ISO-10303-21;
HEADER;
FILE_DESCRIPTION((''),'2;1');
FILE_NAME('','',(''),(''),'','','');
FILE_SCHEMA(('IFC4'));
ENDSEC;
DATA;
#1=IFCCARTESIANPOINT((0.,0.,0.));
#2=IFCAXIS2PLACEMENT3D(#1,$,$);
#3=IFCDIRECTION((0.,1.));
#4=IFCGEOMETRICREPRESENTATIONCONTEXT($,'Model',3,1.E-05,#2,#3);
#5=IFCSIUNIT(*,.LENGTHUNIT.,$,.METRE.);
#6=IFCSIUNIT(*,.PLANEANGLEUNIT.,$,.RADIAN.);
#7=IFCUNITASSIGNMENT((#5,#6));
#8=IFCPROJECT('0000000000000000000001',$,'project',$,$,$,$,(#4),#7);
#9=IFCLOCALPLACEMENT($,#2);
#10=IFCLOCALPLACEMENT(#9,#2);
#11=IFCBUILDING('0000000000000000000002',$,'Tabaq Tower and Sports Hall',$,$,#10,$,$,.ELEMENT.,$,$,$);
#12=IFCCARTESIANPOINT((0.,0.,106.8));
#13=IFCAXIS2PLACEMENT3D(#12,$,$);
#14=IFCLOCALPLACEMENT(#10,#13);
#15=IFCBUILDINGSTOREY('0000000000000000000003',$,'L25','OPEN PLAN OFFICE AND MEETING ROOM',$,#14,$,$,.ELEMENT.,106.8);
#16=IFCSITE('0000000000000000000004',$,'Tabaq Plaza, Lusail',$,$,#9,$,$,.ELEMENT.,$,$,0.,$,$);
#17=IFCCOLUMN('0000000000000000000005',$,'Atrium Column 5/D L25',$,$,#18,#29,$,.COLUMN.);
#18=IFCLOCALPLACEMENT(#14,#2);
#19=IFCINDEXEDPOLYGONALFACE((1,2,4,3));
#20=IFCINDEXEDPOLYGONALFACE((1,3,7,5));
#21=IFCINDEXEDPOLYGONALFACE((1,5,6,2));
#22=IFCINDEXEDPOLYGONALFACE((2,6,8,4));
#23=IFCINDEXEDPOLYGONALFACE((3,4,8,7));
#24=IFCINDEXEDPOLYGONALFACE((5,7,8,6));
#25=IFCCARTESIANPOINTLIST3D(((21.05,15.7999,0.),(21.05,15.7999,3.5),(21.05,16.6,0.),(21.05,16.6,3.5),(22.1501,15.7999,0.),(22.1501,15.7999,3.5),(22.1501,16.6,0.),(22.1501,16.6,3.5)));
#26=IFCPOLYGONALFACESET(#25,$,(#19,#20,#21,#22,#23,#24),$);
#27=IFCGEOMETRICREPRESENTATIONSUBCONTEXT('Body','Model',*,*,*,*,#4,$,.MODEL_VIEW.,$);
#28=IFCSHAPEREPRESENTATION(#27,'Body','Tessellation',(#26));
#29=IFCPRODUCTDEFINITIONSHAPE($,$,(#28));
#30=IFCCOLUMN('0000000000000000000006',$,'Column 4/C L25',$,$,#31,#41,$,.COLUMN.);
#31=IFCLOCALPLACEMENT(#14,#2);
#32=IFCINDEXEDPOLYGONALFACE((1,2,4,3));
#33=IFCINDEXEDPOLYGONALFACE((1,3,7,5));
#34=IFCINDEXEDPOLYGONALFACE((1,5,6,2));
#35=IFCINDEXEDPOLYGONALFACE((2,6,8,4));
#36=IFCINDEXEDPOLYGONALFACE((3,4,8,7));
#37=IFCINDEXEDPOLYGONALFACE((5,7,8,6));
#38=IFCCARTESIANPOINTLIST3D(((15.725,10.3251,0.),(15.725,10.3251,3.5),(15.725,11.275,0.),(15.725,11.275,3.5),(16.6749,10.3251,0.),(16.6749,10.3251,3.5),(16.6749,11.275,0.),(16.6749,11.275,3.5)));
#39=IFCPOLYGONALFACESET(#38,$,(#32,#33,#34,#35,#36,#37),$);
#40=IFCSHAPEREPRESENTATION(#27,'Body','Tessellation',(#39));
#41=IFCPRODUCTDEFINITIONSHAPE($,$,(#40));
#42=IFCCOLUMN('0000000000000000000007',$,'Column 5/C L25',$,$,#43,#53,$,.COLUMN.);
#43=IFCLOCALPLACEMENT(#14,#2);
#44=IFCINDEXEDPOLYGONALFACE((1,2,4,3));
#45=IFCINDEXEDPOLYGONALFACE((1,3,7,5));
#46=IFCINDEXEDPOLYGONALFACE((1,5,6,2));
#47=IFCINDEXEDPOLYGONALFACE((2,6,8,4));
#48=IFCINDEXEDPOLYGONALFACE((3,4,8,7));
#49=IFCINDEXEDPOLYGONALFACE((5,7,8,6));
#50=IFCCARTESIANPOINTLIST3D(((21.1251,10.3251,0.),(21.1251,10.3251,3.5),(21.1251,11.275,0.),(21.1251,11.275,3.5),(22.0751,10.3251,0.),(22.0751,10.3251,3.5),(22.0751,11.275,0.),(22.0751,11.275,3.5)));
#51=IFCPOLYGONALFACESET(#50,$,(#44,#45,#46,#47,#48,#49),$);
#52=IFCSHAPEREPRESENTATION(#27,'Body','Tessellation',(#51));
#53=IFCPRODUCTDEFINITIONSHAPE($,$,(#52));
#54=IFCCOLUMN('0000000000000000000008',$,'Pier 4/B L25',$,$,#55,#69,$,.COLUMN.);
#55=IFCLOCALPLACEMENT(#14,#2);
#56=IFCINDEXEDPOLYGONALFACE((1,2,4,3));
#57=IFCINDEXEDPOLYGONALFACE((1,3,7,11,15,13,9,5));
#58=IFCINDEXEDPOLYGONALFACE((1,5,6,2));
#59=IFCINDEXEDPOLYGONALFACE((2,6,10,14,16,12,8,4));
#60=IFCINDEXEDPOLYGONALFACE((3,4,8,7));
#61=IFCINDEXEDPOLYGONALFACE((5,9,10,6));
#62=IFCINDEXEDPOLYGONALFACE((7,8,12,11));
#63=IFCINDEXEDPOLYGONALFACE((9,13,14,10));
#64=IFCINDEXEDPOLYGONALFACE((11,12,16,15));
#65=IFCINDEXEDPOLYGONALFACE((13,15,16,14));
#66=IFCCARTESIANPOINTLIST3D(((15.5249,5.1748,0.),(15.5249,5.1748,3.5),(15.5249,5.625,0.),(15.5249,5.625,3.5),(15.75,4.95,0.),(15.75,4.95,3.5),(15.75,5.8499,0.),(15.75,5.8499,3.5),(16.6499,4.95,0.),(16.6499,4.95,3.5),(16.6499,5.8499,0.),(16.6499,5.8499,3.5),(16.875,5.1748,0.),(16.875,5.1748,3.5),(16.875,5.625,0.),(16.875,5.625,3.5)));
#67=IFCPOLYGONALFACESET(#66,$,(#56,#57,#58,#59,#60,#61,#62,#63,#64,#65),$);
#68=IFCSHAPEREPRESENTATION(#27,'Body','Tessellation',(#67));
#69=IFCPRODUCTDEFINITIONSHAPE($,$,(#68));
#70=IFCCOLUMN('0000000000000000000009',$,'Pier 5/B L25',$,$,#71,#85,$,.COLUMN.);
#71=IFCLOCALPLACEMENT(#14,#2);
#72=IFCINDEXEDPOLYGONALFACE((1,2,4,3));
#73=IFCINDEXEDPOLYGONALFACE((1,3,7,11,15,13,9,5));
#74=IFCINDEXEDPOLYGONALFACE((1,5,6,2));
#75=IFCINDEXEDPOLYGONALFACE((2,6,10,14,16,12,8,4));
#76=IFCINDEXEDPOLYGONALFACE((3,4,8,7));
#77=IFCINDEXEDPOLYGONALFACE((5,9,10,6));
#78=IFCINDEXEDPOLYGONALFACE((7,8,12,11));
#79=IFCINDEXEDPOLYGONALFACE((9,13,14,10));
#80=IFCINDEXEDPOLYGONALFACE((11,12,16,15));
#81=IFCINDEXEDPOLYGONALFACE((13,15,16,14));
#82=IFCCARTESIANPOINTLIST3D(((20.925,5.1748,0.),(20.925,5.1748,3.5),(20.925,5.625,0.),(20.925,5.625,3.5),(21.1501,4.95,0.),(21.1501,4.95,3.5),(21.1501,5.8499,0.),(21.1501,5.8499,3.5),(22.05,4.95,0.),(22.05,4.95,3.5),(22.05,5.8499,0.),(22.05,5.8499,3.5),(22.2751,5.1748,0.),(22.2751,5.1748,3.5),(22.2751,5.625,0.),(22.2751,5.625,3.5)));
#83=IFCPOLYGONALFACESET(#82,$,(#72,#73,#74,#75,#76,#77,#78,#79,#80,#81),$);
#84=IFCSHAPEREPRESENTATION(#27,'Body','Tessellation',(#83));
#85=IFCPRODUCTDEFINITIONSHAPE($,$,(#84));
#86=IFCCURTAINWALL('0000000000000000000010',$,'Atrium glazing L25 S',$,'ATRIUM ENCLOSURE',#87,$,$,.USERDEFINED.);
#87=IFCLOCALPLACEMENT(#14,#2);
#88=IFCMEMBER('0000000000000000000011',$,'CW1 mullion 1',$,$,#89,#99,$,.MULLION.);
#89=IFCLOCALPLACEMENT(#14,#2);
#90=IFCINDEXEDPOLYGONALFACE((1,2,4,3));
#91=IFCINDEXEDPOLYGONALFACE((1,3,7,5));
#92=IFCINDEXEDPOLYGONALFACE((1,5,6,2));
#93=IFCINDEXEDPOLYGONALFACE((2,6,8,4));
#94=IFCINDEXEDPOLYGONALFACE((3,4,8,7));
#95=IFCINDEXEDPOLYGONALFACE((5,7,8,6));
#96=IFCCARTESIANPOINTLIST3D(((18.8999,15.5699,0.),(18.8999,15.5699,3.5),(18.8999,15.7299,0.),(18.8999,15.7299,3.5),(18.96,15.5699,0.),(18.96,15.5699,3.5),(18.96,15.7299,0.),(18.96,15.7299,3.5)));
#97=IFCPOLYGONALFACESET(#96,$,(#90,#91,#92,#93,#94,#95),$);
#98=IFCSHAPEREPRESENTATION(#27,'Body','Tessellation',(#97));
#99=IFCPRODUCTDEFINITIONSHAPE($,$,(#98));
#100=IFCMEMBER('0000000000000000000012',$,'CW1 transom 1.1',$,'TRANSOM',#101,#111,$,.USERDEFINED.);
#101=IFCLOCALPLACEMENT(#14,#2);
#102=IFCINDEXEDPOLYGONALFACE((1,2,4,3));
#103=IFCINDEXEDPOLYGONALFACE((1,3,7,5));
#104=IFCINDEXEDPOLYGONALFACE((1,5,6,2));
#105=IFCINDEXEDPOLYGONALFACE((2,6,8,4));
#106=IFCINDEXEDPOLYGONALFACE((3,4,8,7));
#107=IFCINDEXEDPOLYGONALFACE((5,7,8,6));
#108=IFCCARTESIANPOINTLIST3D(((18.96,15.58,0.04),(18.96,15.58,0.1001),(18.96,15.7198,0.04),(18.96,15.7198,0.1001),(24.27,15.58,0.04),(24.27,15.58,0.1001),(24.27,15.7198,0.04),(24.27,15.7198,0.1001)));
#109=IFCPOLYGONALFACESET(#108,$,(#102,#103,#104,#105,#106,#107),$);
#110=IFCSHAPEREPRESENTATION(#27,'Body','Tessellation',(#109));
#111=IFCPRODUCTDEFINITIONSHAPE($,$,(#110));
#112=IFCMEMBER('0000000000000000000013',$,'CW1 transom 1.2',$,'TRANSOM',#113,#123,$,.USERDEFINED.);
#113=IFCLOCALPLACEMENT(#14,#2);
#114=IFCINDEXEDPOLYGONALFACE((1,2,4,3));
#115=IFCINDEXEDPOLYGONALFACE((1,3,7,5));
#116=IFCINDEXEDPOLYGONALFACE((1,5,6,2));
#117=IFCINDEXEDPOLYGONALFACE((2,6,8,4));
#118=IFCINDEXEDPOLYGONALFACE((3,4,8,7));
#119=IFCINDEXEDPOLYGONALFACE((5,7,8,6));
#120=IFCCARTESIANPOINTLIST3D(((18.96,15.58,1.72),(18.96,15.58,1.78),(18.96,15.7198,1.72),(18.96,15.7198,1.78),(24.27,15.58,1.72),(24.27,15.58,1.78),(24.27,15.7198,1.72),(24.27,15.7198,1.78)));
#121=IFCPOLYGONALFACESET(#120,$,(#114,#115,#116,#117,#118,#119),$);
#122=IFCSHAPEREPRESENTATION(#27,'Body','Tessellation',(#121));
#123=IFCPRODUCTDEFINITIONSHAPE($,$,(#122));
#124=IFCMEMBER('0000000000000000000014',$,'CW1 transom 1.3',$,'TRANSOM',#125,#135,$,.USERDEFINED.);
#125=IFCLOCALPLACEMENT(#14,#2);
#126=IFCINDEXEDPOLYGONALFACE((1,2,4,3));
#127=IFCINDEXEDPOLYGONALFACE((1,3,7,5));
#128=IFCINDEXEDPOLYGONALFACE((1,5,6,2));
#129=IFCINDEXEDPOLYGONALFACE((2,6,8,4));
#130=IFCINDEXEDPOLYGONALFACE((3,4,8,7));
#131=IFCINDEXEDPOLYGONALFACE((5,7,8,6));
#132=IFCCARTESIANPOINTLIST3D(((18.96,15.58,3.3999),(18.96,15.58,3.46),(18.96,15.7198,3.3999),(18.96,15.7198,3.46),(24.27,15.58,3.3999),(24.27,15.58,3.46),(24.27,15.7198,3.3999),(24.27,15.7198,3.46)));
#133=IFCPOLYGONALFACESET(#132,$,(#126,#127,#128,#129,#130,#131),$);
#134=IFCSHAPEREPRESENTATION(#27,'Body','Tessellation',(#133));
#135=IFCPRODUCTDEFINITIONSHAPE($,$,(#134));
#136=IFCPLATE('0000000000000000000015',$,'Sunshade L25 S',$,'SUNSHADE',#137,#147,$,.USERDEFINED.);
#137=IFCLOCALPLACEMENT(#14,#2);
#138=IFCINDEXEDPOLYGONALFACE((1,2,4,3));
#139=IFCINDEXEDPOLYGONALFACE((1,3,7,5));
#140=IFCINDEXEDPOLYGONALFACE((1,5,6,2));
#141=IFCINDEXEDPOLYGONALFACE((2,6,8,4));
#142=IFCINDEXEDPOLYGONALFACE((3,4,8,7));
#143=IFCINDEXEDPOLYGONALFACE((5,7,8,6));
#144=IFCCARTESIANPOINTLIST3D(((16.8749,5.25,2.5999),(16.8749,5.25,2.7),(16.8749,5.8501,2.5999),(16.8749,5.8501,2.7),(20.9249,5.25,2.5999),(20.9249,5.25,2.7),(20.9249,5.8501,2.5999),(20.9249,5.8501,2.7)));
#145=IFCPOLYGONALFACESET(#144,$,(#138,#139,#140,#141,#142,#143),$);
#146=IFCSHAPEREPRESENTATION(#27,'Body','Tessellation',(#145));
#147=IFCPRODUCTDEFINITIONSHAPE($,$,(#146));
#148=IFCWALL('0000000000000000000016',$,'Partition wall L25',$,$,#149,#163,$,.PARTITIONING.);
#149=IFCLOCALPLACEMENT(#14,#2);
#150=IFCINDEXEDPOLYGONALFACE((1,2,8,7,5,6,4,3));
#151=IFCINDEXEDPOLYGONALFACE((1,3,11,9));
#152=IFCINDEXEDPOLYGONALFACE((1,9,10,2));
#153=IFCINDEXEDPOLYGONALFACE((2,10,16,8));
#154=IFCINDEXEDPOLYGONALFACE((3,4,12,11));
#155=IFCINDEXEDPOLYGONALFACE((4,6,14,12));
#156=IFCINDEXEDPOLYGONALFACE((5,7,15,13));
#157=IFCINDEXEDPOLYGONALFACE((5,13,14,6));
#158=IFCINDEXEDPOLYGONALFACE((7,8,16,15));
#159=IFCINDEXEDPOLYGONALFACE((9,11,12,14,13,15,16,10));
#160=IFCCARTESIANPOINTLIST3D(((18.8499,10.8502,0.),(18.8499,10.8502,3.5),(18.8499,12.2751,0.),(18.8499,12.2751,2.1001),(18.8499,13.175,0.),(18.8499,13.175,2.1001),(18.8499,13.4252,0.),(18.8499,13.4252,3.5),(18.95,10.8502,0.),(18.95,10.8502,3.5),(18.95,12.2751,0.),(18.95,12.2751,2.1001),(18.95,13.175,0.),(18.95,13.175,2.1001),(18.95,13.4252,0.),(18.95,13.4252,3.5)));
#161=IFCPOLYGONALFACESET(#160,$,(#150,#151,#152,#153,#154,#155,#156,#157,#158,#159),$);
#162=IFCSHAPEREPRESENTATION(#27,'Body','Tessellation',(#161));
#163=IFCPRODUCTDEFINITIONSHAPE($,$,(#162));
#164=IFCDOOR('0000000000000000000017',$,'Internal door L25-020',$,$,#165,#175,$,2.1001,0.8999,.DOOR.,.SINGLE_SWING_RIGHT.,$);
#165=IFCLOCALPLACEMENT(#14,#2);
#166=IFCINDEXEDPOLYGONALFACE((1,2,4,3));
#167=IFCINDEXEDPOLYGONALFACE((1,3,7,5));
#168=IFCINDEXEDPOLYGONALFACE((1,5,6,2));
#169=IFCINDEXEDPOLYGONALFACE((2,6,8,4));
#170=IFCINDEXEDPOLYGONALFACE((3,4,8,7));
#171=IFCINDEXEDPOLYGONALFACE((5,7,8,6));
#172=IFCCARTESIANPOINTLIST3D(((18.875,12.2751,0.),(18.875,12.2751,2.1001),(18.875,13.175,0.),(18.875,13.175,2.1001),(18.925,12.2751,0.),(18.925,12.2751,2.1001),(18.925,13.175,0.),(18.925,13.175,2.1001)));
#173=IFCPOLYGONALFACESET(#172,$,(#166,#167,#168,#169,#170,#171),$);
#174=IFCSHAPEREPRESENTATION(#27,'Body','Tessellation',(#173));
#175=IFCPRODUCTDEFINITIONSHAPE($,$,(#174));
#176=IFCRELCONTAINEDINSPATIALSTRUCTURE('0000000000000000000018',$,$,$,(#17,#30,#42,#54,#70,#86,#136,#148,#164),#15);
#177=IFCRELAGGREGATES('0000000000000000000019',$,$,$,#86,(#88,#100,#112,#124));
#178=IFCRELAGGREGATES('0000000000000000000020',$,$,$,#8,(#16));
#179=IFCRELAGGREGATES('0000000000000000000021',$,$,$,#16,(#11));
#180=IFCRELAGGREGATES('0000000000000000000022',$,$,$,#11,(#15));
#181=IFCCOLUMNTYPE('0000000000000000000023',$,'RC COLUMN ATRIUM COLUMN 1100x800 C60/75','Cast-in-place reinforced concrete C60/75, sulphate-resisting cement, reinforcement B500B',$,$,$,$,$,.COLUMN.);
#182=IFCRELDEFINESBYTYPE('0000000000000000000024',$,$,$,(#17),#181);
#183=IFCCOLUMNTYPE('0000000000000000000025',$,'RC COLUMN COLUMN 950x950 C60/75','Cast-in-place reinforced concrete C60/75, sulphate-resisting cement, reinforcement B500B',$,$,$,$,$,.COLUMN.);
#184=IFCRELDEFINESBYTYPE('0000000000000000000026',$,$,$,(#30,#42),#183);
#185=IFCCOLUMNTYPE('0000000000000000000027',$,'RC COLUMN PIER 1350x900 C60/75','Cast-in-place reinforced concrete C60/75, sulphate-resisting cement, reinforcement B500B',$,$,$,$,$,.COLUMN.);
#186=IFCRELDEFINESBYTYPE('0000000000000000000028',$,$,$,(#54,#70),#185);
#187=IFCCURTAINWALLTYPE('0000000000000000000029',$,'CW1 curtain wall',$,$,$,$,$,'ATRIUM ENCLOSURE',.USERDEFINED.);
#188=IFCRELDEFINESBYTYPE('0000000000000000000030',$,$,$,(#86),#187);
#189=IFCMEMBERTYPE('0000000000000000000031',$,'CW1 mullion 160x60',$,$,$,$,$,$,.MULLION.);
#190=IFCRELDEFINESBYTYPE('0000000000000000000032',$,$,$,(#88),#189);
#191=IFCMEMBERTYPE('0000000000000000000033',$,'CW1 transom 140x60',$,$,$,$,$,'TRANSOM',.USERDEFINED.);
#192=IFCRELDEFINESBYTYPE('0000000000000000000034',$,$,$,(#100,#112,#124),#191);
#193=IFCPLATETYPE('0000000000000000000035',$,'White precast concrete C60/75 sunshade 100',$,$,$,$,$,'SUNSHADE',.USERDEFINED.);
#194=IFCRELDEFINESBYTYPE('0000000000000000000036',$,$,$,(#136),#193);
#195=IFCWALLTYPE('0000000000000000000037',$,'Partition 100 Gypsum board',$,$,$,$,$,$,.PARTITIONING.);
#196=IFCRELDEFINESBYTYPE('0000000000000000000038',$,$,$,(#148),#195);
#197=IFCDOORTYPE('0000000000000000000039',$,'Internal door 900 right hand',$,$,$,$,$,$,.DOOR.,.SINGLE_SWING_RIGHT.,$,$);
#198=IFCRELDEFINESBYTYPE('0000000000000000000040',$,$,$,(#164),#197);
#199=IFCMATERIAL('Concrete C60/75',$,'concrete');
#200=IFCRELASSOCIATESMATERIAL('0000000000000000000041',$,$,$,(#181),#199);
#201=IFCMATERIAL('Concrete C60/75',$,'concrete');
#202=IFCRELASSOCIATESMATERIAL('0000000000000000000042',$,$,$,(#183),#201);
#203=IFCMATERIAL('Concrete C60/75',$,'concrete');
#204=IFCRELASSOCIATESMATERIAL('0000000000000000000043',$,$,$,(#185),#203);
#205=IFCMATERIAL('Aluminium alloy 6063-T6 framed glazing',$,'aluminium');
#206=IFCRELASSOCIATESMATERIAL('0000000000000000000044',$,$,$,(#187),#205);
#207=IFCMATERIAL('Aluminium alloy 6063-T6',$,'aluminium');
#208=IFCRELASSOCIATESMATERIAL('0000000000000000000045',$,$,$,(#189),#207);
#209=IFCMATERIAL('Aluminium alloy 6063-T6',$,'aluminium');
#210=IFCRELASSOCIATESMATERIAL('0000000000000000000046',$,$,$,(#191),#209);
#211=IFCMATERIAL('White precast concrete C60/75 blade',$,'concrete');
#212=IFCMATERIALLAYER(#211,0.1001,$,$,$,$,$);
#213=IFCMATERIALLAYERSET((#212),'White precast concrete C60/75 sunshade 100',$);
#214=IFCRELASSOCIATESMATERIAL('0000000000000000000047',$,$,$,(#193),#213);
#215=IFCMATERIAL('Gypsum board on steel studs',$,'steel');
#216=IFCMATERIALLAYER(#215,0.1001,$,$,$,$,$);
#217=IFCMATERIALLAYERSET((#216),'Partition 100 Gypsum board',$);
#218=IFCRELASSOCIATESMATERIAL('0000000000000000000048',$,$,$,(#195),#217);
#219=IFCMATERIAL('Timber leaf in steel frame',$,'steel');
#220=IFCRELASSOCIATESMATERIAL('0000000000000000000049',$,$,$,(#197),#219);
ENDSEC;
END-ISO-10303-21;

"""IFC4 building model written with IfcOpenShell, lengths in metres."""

from ifc_helpers import new_model, si_unit, direction, frame, frame_2d, origin, origin_2d, place, context, subcontext, project, spatial, polyline, rectangle, outline, extrude, material, layer, layer_set, material_profile, profile_set, type_object, element, fill, aggregate, save


model = new_model("IFC4")

# Units and contexts
model_context = context("Model", 3, precision=1e-05, world=origin(), true_north=direction((0.0, 1.0)))
body_context = subcontext(model_context, "Body", "Model", "MODEL_VIEW")
ifc_project = project(units=[si_unit("LENGTHUNIT", "METRE"), si_unit("PLANEANGLEUNIT", "RADIAN")], contexts=[model_context])

# Site, building, storey
site_placement = place(None, origin())
site = spatial("IfcSite", under=ifc_project, at=site_placement, Name="Tabaq Plaza, Lusail", CompositionType="ELEMENT", RefElevation=0.0)
building_placement = place(site_placement, origin())
building = spatial("IfcBuilding", under=site, at=building_placement, Name="Tabaq Tower and Sports Hall", CompositionType="ELEMENT")
storey_placement = place(building_placement, frame((0.0, 0.0, 106.8)))
storey = spatial("IfcBuildingStorey", under=building, at=storey_placement, Name="L25", Description="OPEN PLAN OFFICE AND MEETING ROOM", CompositionType="ELEMENT", Elevation=106.8)

# Columns
ifc_material_1 = material(Name="Concrete C60/75", Category="concrete")
ifc_material_profile_1 = material_profile(ifc_material_1, rectangle(XDim=1.1001, YDim=0.8, at=origin_2d()), Name="ATRIUM COLUMN 1100x800")
ifc_profile_set_1 = profile_set([ifc_material_profile_1], Name="Concrete C60/75")
column_type_1 = type_object("IfcColumnType", Name="RC COLUMN ATRIUM COLUMN 1100x800 C60/75", Description="Cast-in-place reinforced concrete C60/75, sulphate-resisting cement, reinforcement B500B", PredefinedType="COLUMN", material=ifc_profile_set_1)
column_placement = place(storey_placement, frame((21.6001, 16.2, 0.0), z_axis=(0.0, 0.0, 1.0), x_axis=(1.0, 0.0, 0.0)))
element("IfcColumn", 1, at=column_placement, inside=storey, type_object=column_type_1, Name="Atrium Column 5/D L25", PredefinedType="COLUMN", context=body_context, shape_type="SweptSolid", body=[
    extrude(rectangle(XDim=1.1001, YDim=0.8, at=origin_2d()), origin(), (0.0, 0.0, 1.0), 3.5),
])
ifc_material_2 = material(Name="Concrete C60/75", Category="concrete")
ifc_material_profile_2 = material_profile(ifc_material_2, rectangle(XDim=0.95, YDim=0.95, at=origin_2d()), Name="COLUMN 950x950")
ifc_profile_set_2 = profile_set([ifc_material_profile_2], Name="Concrete C60/75")
column_type_2 = type_object("IfcColumnType", Name="RC COLUMN COLUMN 950x950 C60/75", Description="Cast-in-place reinforced concrete C60/75, sulphate-resisting cement, reinforcement B500B", PredefinedType="COLUMN", material=ifc_profile_set_2)
for number, where, z_axis, x_axis, name in (
    (2, (16.2, 10.8, 0.0), (0.0, 0.0, 1.0), (1.0, 0.0, 0.0), "Column 4/C L25"),
    (3, (21.6001, 10.8, 0.0), (0.0, 0.0, 1.0), (1.0, 0.0, 0.0), "Column 5/C L25"),
):
    element("IfcColumn", number, at=place(storey_placement, frame(where, z_axis=z_axis, x_axis=x_axis)), inside=storey, type_object=column_type_2, Name=name, PredefinedType="COLUMN", context=body_context, shape_type="SweptSolid", body=[
        extrude(rectangle(XDim=0.95, YDim=0.95, at=origin_2d()), origin(), (0.0, 0.0, 1.0), 3.5),
    ])
ifc_material_3 = material(Name="Concrete C60/75", Category="concrete")
ifc_material_profile_3 = material_profile(ifc_material_3, outline(polyline([(-0.45, -0.45), (0.45, -0.45), (0.675, -0.2251), (0.675, 0.2251), (0.45, 0.45), (-0.45, 0.45), (-0.675, 0.2251), (-0.675, -0.2251), (-0.45, -0.45)])), Name="PIER 1350x900")
ifc_profile_set_3 = profile_set([ifc_material_profile_3], Name="Concrete C60/75")
column_type_3 = type_object("IfcColumnType", Name="RC COLUMN PIER 1350x900 C60/75", Description="Cast-in-place reinforced concrete C60/75, sulphate-resisting cement, reinforcement B500B", PredefinedType="COLUMN", material=ifc_profile_set_3)
for number, where, z_axis, x_axis, name in (
    (4, (16.2, 5.3999, 0.0), (0.0, 0.0, 1.0), (1.0, 0.0, 0.0), "Pier 4/B L25"),
    (5, (21.6001, 5.3999, 0.0), (0.0, 0.0, 1.0), (1.0, 0.0, 0.0), "Pier 5/B L25"),
):
    element("IfcColumn", number, at=place(storey_placement, frame(where, z_axis=z_axis, x_axis=x_axis)), inside=storey, type_object=column_type_3, Name=name, PredefinedType="COLUMN", context=body_context, shape_type="SweptSolid", body=[
        extrude(outline(polyline([(-0.45, -0.45), (0.45, -0.45), (0.675, -0.2251), (0.675, 0.2251), (0.45, 0.45), (-0.45, 0.45), (-0.675, 0.2251), (-0.675, -0.2251), (-0.45, -0.45)])), origin(), (0.0, 0.0, 1.0), 3.5),
    ])

# Curtain wall, members
ifc_material_4 = material(Name="Aluminium alloy 6063-T6 framed glazing", Category="aluminium")
curtain_wall_type = type_object("IfcCurtainWallType", Name="CW1 curtain wall", ElementType="ATRIUM ENCLOSURE", PredefinedType="USERDEFINED", material=ifc_material_4)
curtain_wall_placement = place(storey_placement, origin())
curtain_wall = element("IfcCurtainWall", 6, at=curtain_wall_placement, inside=storey, type_object=curtain_wall_type, Name="Atrium glazing L25 S", ObjectType="ATRIUM ENCLOSURE", PredefinedType="USERDEFINED")
ifc_material_5 = material(Name="Aluminium alloy 6063-T6", Category="aluminium")
ifc_material_profile_4 = material_profile(ifc_material_5, rectangle(XDim=0.1599, YDim=0.0601, at=origin_2d()), Name="MULLION 160x60")
ifc_profile_set_4 = profile_set([ifc_material_profile_4], Name="Aluminium alloy 6063-T6")
member_type_1 = type_object("IfcMemberType", Name="CW1 mullion 160x60", PredefinedType="MULLION", material=ifc_profile_set_4)
member_1_placement = place(storey_placement, frame((18.9299, 15.6499, 0.0), z_axis=(0.0, 0.0, 1.0), x_axis=(0.0, 1.0, 0.0)))
member_1 = element("IfcMember", 7, at=member_1_placement, type_object=member_type_1, Name="CW1 mullion 1", PredefinedType="MULLION", context=body_context, shape_type="SweptSolid", body=[
    extrude(rectangle(XDim=0.1599, YDim=0.0601, at=origin_2d()), origin(), (0.0, 0.0, 1.0), 3.5),
])
ifc_material_6 = material(Name="Aluminium alloy 6063-T6", Category="aluminium")
ifc_material_profile_5 = material_profile(ifc_material_6, rectangle(XDim=0.1399, YDim=0.0601, at=origin_2d()), Name="TRANSOM 140x60")
ifc_profile_set_5 = profile_set([ifc_material_profile_5], Name="Aluminium alloy 6063-T6")
member_type_2 = type_object("IfcMemberType", Name="CW1 transom 140x60", ElementType="TRANSOM", PredefinedType="USERDEFINED", material=ifc_profile_set_5)
member_2_placement = place(storey_placement, frame((18.96, 15.6499, 0.0701), z_axis=(1.0, 0.0, 0.0), x_axis=(0.0, 1.0, 0.0)))
member_2 = element("IfcMember", 8, at=member_2_placement, type_object=member_type_2, Name="CW1 transom 1.1", ObjectType="TRANSOM", PredefinedType="USERDEFINED", context=body_context, shape_type="SweptSolid", body=[
    extrude(rectangle(XDim=0.1399, YDim=0.0601, at=origin_2d()), origin(), (0.0, 0.0, 1.0), 5.3101),
])
member_3_placement = place(storey_placement, frame((18.96, 15.6499, 1.75), z_axis=(1.0, 0.0, 0.0), x_axis=(0.0, 1.0, 0.0)))
member_3 = element("IfcMember", 9, at=member_3_placement, type_object=member_type_2, Name="CW1 transom 1.2", ObjectType="TRANSOM", PredefinedType="USERDEFINED", context=body_context, shape_type="SweptSolid", body=[
    extrude(rectangle(XDim=0.1399, YDim=0.0601, at=origin_2d()), origin(), (0.0, 0.0, 1.0), 5.3101),
])
member_4_placement = place(storey_placement, frame((18.96, 15.6499, 3.4299), z_axis=(1.0, 0.0, 0.0), x_axis=(0.0, 1.0, 0.0)))
member_4 = element("IfcMember", 10, at=member_4_placement, type_object=member_type_2, Name="CW1 transom 1.3", ObjectType="TRANSOM", PredefinedType="USERDEFINED", context=body_context, shape_type="SweptSolid", body=[
    extrude(rectangle(XDim=0.1399, YDim=0.0601, at=origin_2d()), origin(), (0.0, 0.0, 1.0), 5.3101),
])
aggregate(curtain_wall, [member_1, member_2, member_3, member_4])

# Plate
ifc_material_7 = material(Name="White precast concrete C60/75 blade", Category="concrete")
ifc_layer_1 = layer(ifc_material_7, 0.1001)
ifc_layer_set_1 = layer_set([ifc_layer_1], Name="White precast concrete C60/75 sunshade 100")
plate_type = type_object("IfcPlateType", Name="White precast concrete C60/75 sunshade 100", ElementType="SUNSHADE", PredefinedType="USERDEFINED", material=ifc_layer_set_1)
plate_placement = place(storey_placement, frame((18.8999, 5.55, 2.5999), z_axis=(0.0, 0.0, 1.0), x_axis=(1.0, 0.0, 0.0)))
element("IfcPlate", 11, at=plate_placement, inside=storey, type_object=plate_type, Name="Sunshade L25 S", ObjectType="SUNSHADE", PredefinedType="USERDEFINED", context=body_context, shape_type="SweptSolid", body=[
    extrude(rectangle(XDim=4.05, YDim=0.6001, at=origin_2d()), origin(), (0.0, 0.0, 1.0), 0.1001),
])

# Wall, opening, door
ifc_material_8 = material(Name="Gypsum board on steel studs", Category="steel")
ifc_layer_2 = layer(ifc_material_8, 0.1001)
ifc_layer_set_2 = layer_set([ifc_layer_2], Name="Partition 100 Gypsum board")
wall_type_1 = type_object("IfcWallType", Name="Partition 100 Gypsum board", PredefinedType="PARTITIONING", material=ifc_layer_set_2)
wall_1_placement = place(storey_placement, frame((18.8999, 10.8501, 0.0), z_axis=(0.0, 0.0, 1.0), x_axis=(0.0, 1.0, 0.0)))
wall_1 = element("IfcWall", 12, at=wall_1_placement, inside=storey, type_object=wall_type_1, Name="Partition wall L25", PredefinedType="PARTITIONING", context=body_context, shape_type="SweptSolid", body=[
    extrude(rectangle(XDim=2.575, YDim=0.1001, at=frame_2d((1.2876, 0.0))), origin(), (0.0, 0.0, 1.0), 3.5),
])
opening_1_placement = place(wall_1_placement, frame((1.425, 0.0, 0.0)))
opening_1 = element("IfcOpeningElement", 13, at=opening_1_placement, cuts=wall_1, PredefinedType="OPENING", context=body_context, shape_type="SweptSolid", body=[
    extrude(rectangle(XDim=0.8999, YDim=2.1001, at=frame_2d((0.45, 1.05))), frame((0.0, 0.05, 0.0), z_axis=(0.0, -1.0, 0.0), x_axis=(1.0, 0.0, 0.0)), (0.0, 0.0, 1.0), 0.1001),
])
ifc_material_9 = material(Name="Timber leaf in steel frame", Category="steel")
door_type_1 = type_object("IfcDoorType", Name="Internal door 900 right hand", OperationType="SINGLE_SWING_RIGHT", PredefinedType="DOOR", material=ifc_material_9)
door_1_placement = place(opening_1_placement, origin())
door_1 = element("IfcDoor", 14, at=door_1_placement, inside=storey, type_object=door_type_1, Name="Internal door L25-020", OperationType="SINGLE_SWING_RIGHT", OverallHeight=2.1001, OverallWidth=0.8999, PredefinedType="DOOR", context=body_context, shape_type="SweptSolid", body=[
    extrude(rectangle(XDim=0.8999, YDim=2.1001, at=frame_2d((0.45, 1.05))), frame((0.0, 0.0249, 0.0), z_axis=(0.0, -1.0, 0.0), x_axis=(1.0, 0.0, 0.0)), (0.0, 0.0, 1.0), 0.05),
])
fill(opening_1, door_1)

save(model, "model.ifc")
